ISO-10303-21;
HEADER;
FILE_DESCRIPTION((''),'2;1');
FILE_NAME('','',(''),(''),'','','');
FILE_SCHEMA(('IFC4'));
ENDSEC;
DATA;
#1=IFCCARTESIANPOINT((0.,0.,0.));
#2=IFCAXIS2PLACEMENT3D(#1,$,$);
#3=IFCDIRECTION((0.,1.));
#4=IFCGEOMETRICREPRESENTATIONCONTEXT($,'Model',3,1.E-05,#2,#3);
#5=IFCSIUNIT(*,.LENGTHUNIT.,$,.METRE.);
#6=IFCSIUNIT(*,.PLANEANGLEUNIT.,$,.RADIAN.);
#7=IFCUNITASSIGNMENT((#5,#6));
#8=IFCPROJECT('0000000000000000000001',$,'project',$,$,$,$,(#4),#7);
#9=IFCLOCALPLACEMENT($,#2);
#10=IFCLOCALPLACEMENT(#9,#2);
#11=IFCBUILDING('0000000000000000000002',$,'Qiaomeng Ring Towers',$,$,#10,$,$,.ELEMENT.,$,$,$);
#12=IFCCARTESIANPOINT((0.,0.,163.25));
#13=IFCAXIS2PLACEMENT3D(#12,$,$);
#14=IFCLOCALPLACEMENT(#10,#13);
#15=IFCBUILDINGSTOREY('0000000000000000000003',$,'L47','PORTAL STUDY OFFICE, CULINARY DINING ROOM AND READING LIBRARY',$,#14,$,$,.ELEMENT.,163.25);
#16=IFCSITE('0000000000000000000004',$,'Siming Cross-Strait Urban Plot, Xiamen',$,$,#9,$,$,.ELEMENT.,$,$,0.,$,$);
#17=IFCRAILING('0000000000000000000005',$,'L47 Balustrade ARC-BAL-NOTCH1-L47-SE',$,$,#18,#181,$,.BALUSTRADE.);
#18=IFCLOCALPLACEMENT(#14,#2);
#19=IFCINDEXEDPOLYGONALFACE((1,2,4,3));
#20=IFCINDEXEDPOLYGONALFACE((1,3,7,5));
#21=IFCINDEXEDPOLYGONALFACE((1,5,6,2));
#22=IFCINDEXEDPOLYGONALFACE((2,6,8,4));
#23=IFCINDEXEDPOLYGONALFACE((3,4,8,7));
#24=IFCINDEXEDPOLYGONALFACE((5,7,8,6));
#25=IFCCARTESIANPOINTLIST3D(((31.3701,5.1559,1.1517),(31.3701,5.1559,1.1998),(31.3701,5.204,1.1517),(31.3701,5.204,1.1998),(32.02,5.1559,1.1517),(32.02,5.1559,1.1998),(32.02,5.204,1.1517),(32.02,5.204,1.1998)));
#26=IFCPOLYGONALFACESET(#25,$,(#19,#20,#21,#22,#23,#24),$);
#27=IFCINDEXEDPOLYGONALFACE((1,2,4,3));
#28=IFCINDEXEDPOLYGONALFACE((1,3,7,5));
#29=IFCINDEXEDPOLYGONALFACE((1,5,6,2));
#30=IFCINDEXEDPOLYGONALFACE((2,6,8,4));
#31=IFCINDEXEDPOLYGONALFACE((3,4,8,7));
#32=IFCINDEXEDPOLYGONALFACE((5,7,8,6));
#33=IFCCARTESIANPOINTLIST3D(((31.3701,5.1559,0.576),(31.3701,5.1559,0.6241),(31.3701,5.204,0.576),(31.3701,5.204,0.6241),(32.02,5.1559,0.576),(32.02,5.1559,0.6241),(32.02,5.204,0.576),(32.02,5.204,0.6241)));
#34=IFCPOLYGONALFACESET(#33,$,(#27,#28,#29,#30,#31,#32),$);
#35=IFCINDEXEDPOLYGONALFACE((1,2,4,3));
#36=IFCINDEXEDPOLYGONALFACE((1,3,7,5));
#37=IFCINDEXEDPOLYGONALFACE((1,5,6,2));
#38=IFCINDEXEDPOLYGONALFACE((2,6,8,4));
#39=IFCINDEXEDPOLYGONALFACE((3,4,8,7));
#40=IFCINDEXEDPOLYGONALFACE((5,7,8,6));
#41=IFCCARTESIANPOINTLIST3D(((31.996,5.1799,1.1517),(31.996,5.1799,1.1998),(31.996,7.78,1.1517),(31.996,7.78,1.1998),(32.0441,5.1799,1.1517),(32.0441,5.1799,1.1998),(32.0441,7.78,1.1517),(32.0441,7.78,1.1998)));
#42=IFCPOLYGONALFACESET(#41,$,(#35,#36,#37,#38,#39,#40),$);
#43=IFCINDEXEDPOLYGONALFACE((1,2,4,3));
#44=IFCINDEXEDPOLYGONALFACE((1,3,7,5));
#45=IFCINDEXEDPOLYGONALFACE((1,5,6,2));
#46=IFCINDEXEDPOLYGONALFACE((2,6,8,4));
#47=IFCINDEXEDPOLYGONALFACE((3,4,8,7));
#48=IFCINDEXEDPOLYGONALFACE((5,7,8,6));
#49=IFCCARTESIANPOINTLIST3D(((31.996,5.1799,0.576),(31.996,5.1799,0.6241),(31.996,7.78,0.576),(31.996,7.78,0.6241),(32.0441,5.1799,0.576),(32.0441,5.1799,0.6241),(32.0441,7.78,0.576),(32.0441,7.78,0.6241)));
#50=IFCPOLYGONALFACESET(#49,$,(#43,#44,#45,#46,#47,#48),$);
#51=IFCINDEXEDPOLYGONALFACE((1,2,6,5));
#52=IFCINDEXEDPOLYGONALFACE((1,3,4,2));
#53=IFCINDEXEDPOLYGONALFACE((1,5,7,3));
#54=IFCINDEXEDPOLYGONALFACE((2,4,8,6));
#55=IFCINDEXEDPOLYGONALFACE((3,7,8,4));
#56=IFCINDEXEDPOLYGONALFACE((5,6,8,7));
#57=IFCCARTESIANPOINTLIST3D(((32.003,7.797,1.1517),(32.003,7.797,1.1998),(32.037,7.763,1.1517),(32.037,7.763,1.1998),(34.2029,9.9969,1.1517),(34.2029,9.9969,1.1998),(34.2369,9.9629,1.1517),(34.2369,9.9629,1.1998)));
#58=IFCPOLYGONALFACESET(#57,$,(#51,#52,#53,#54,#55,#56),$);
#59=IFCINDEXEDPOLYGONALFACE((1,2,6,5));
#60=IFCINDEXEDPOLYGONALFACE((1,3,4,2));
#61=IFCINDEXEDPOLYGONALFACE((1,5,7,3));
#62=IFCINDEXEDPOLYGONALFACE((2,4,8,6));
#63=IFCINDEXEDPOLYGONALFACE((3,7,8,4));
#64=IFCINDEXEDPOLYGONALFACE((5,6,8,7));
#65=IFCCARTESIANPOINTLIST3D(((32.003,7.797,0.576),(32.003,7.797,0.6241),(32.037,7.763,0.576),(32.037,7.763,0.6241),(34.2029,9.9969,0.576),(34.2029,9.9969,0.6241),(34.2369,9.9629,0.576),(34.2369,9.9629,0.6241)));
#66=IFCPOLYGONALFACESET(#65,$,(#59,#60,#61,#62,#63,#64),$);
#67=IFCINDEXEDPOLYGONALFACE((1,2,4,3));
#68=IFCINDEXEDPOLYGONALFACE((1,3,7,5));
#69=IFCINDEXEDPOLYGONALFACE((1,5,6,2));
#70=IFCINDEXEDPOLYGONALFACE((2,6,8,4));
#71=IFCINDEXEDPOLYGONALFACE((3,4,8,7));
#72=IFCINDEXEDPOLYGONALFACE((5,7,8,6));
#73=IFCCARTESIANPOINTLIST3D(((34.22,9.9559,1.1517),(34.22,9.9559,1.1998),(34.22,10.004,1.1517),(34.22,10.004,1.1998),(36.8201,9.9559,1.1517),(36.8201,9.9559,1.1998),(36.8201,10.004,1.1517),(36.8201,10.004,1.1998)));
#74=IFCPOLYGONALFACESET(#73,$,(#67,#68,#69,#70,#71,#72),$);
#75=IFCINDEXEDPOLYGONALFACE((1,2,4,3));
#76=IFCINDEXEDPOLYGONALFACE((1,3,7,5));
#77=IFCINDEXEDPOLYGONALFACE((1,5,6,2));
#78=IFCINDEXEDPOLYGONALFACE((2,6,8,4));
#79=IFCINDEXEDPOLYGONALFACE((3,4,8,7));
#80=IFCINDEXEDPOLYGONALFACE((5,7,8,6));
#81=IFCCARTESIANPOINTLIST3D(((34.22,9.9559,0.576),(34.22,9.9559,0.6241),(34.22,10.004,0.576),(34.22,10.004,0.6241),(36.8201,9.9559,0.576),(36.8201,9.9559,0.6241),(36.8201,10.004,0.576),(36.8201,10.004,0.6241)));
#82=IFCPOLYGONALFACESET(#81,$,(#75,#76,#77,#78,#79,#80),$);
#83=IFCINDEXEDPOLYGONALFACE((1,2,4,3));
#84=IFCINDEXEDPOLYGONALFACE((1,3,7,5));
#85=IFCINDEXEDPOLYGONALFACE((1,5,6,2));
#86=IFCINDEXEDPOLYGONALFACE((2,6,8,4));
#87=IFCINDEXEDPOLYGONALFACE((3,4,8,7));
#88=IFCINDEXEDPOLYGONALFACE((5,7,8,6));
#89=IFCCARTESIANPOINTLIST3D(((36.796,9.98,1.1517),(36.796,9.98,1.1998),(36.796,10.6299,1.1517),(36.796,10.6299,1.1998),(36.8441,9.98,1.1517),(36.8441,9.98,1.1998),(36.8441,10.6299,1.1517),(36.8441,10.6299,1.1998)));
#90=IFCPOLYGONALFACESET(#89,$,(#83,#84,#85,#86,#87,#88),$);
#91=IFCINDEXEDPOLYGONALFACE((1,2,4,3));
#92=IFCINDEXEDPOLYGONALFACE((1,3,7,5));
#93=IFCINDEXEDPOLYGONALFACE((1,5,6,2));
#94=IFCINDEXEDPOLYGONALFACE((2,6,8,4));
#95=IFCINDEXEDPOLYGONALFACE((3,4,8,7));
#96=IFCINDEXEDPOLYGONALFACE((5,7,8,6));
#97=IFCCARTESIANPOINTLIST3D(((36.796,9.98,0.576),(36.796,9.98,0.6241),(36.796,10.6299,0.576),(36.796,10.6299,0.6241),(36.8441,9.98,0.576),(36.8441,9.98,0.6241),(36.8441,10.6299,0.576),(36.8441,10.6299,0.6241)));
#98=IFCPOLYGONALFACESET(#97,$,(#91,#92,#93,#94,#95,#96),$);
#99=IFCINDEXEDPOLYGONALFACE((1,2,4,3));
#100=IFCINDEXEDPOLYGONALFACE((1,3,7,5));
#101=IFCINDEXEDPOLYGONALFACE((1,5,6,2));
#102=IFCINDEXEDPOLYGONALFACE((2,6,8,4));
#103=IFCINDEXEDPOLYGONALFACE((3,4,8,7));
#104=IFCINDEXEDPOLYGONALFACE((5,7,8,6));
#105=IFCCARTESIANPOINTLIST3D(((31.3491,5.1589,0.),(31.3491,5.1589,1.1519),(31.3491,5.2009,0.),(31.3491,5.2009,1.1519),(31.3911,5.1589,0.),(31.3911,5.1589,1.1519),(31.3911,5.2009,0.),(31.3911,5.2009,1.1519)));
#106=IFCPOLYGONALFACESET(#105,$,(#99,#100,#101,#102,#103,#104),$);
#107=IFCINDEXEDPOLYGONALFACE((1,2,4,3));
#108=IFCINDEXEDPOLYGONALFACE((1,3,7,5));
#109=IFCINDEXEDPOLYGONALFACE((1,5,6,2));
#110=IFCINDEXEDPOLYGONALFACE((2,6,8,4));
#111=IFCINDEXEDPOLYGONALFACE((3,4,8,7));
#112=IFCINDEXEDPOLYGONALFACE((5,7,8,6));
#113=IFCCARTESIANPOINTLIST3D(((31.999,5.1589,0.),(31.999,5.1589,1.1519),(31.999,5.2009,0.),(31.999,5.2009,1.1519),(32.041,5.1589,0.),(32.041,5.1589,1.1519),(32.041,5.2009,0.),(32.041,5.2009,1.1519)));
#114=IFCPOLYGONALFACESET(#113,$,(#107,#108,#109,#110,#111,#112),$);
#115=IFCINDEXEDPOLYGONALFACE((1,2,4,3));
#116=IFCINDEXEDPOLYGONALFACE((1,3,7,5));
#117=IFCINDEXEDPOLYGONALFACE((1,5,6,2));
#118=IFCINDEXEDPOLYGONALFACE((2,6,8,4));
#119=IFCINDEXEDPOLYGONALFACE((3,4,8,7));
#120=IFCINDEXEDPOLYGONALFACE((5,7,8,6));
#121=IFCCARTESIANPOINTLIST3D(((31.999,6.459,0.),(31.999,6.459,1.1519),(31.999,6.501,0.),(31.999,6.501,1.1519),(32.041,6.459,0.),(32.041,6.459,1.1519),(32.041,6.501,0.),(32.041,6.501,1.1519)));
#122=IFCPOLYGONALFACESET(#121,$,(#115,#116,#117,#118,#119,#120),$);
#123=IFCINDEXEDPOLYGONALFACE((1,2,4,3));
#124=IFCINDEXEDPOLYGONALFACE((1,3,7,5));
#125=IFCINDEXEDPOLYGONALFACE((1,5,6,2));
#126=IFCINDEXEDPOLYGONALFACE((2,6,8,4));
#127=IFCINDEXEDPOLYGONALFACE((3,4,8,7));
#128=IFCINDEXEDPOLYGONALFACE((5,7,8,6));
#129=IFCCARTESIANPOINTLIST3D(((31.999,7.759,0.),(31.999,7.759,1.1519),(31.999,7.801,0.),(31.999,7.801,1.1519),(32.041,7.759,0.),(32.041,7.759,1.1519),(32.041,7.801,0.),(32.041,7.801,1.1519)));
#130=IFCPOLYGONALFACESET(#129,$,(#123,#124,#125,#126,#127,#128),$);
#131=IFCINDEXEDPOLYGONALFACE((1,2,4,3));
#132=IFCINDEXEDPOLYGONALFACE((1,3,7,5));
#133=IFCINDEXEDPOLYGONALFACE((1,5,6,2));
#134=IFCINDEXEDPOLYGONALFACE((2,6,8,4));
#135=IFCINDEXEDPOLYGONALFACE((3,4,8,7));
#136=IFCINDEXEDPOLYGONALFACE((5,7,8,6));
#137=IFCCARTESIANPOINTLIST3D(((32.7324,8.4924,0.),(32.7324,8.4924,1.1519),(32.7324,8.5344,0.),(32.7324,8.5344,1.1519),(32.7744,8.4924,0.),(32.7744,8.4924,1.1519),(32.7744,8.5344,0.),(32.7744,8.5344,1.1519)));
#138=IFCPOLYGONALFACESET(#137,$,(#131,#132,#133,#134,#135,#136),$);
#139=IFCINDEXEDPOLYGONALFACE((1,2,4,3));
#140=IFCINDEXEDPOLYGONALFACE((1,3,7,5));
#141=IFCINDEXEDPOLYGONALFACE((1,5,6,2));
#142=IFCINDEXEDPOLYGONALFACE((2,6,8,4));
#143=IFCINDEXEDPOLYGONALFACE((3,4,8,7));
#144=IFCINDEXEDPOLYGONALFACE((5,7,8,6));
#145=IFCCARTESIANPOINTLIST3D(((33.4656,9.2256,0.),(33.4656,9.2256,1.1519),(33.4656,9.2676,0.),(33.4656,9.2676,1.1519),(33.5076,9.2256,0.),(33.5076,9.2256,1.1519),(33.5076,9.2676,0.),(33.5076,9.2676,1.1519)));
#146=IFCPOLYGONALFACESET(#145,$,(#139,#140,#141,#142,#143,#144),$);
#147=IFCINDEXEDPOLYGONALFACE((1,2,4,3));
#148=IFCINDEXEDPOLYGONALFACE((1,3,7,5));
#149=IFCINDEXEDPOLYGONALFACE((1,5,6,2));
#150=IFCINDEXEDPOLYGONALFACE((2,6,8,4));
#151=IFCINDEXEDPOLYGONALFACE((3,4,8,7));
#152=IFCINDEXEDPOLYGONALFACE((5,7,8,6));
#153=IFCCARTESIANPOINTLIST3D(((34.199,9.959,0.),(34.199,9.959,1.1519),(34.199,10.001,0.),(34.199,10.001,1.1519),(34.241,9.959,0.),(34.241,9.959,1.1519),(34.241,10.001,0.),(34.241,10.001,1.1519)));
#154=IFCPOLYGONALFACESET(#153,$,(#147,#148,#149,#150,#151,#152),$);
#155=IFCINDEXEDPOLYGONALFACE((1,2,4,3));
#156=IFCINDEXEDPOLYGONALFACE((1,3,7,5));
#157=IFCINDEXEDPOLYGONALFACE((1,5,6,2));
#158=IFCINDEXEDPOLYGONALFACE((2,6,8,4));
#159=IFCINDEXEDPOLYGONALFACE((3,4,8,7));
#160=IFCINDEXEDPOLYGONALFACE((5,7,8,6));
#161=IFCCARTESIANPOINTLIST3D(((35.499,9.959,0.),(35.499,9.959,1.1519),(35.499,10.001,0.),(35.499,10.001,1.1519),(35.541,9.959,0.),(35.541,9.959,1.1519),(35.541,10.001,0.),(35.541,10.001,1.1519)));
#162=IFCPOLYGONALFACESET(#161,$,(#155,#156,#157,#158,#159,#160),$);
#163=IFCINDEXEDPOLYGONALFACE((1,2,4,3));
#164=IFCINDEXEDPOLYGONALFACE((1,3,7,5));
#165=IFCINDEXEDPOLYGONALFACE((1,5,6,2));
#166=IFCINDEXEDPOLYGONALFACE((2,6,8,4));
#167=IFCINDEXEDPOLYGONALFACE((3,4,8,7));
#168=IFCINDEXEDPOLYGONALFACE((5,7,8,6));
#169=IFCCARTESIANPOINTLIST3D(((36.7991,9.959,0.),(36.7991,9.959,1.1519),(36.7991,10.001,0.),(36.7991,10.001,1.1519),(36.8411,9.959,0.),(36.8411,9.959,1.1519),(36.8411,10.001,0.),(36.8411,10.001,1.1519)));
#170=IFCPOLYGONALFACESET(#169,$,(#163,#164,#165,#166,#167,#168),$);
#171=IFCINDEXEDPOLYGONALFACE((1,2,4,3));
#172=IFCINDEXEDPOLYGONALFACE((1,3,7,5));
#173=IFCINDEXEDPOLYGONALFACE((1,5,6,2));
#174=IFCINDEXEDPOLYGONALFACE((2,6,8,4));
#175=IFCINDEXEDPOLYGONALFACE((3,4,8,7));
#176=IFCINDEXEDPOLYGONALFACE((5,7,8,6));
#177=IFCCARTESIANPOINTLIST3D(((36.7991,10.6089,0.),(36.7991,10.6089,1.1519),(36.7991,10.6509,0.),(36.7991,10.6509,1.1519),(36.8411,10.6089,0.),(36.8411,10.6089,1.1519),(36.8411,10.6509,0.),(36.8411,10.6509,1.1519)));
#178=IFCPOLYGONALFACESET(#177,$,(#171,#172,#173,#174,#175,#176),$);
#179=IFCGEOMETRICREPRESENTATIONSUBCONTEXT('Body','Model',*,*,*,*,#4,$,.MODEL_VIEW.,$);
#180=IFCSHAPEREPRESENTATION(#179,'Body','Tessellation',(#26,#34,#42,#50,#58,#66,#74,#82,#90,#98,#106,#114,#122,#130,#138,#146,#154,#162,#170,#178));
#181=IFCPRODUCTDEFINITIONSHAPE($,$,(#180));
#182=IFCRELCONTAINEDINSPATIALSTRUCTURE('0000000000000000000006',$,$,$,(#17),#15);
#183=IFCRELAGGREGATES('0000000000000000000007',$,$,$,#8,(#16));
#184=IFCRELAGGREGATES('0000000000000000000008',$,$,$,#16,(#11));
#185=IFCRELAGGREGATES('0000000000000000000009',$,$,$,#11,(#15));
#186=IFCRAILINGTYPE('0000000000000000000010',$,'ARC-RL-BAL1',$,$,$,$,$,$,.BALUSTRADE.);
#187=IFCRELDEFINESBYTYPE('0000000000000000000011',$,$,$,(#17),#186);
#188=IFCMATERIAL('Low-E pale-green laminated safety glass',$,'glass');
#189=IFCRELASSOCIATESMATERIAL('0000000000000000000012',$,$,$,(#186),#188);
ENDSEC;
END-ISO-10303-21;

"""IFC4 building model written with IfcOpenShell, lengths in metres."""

from ifc_helpers import new_model, si_unit, direction, frame, origin, origin_2d, place, context, subcontext, project, spatial, rectangle, extrude, material, type_object, element, save


model = new_model("IFC4")

# Units and contexts
model_context = context("Model", 3, precision=1e-05, world=origin(), true_north=direction((0.0, 1.0)))
body_context = subcontext(model_context, "Body", "Model", "MODEL_VIEW")
ifc_project = project(units=[si_unit("LENGTHUNIT", "METRE"), si_unit("PLANEANGLEUNIT", "RADIAN")], contexts=[model_context])

# Site, building, storey
site_placement = place(None, origin())
site = spatial("IfcSite", under=ifc_project, at=site_placement, Name="Siming Cross-Strait Urban Plot, Xiamen", CompositionType="ELEMENT", RefElevation=0.0)
building_placement = place(site_placement, origin())
building = spatial("IfcBuilding", under=site, at=building_placement, Name="Qiaomeng Ring Towers", CompositionType="ELEMENT")
storey_placement = place(building_placement, frame((0.0, 0.0, 163.25)))
storey = spatial("IfcBuildingStorey", under=building, at=storey_placement, Name="L47", Description="PORTAL STUDY OFFICE, CULINARY DINING ROOM AND READING LIBRARY", CompositionType="ELEMENT", Elevation=163.25)

# Railing
ifc_material_1 = material(Name="Low-E pale-green laminated safety glass", Category="glass")
railing_type = type_object("IfcRailingType", Name="ARC-RL-BAL1", PredefinedType="BALUSTRADE", material=ifc_material_1)
railing_placement = place(storey_placement, frame((31.3701, 5.1799, 0.0)))
element("IfcRailing", 1, at=railing_placement, inside=storey, type_object=railing_type, Name="L47 Balustrade ARC-BAL-NOTCH1-L47-SE", PredefinedType="BALUSTRADE", context=body_context, shape_type="SweptSolid", body=[
    extrude(rectangle(XDim=0.0481, YDim=0.0481, at=origin_2d()), frame((0.0, 0.0, 1.1758), z_axis=(1.0, 0.0, 0.0), x_axis=(0.0, 1.0, 0.0)), (0.0, 0.0, 1.0), 0.6499),
    extrude(rectangle(XDim=0.0481, YDim=0.0481, at=origin_2d()), frame((0.0, 0.0, 0.6001), z_axis=(1.0, 0.0, 0.0), x_axis=(0.0, 1.0, 0.0)), (0.0, 0.0, 1.0), 0.6499),
    extrude(rectangle(XDim=0.0481, YDim=0.0481, at=origin_2d()), frame((0.6499, 0.0, 1.1758), z_axis=(0.0, 1.0, 0.0), x_axis=(-1.0, 0.0, 0.0)), (0.0, 0.0, 1.0), 2.6001),
    extrude(rectangle(XDim=0.0481, YDim=0.0481, at=origin_2d()), frame((0.6499, 0.0, 0.6001), z_axis=(0.0, 1.0, 0.0), x_axis=(-1.0, 0.0, 0.0)), (0.0, 0.0, 1.0), 2.6001),
    extrude(rectangle(XDim=0.0481, YDim=0.0481, at=origin_2d()), frame((0.6499, 2.6001, 1.1758), z_axis=(0.707107, 0.707107, 0.0), x_axis=(-0.707107, 0.707107, 0.0)), (0.0, 0.0, 1.0), 3.1111),
    extrude(rectangle(XDim=0.0481, YDim=0.0481, at=origin_2d()), frame((0.6499, 2.6001, 0.6001), z_axis=(0.707107, 0.707107, 0.0), x_axis=(-0.707107, 0.707107, 0.0)), (0.0, 0.0, 1.0), 3.1111),
    extrude(rectangle(XDim=0.0481, YDim=0.0481, at=origin_2d()), frame((2.8499, 4.8, 1.1758), z_axis=(1.0, 0.0, 0.0), x_axis=(0.0, 1.0, 0.0)), (0.0, 0.0, 1.0), 2.6001),
    extrude(rectangle(XDim=0.0481, YDim=0.0481, at=origin_2d()), frame((2.8499, 4.8, 0.6001), z_axis=(1.0, 0.0, 0.0), x_axis=(0.0, 1.0, 0.0)), (0.0, 0.0, 1.0), 2.6001),
    extrude(rectangle(XDim=0.0481, YDim=0.0481, at=origin_2d()), frame((5.45, 4.8, 1.1758), z_axis=(0.0, 1.0, 0.0), x_axis=(-1.0, 0.0, 0.0)), (0.0, 0.0, 1.0), 0.6499),
    extrude(rectangle(XDim=0.0481, YDim=0.0481, at=origin_2d()), frame((5.45, 4.8, 0.6001), z_axis=(0.0, 1.0, 0.0), x_axis=(-1.0, 0.0, 0.0)), (0.0, 0.0, 1.0), 0.6499),
    extrude(rectangle(XDim=0.042, YDim=0.042, at=origin_2d()), origin(), (0.0, 0.0, 1.0), 1.1519),
    extrude(rectangle(XDim=0.042, YDim=0.042, at=origin_2d()), frame((0.6499, 0.0, 0.0)), (0.0, 0.0, 1.0), 1.1519),
    extrude(rectangle(XDim=0.042, YDim=0.042, at=origin_2d()), frame((0.6499, 1.3, 0.0)), (0.0, 0.0, 1.0), 1.1519),
    extrude(rectangle(XDim=0.042, YDim=0.042, at=origin_2d()), frame((0.6499, 2.6001, 0.0)), (0.0, 0.0, 1.0), 1.1519),
    extrude(rectangle(XDim=0.042, YDim=0.042, at=origin_2d()), frame((1.3833, 3.3335, 0.0)), (0.0, 0.0, 1.0), 1.1519),
    extrude(rectangle(XDim=0.042, YDim=0.042, at=origin_2d()), frame((2.1165, 4.0667, 0.0)), (0.0, 0.0, 1.0), 1.1519),
    extrude(rectangle(XDim=0.042, YDim=0.042, at=origin_2d()), frame((2.8499, 4.8, 0.0)), (0.0, 0.0, 1.0), 1.1519),
    extrude(rectangle(XDim=0.042, YDim=0.042, at=origin_2d()), frame((4.1499, 4.8, 0.0)), (0.0, 0.0, 1.0), 1.1519),
    extrude(rectangle(XDim=0.042, YDim=0.042, at=origin_2d()), frame((5.45, 4.8, 0.0)), (0.0, 0.0, 1.0), 1.1519),
    extrude(rectangle(XDim=0.042, YDim=0.042, at=origin_2d()), frame((5.45, 5.45, 0.0)), (0.0, 0.0, 1.0), 1.1519),
])

save(model, "model.ifc")
